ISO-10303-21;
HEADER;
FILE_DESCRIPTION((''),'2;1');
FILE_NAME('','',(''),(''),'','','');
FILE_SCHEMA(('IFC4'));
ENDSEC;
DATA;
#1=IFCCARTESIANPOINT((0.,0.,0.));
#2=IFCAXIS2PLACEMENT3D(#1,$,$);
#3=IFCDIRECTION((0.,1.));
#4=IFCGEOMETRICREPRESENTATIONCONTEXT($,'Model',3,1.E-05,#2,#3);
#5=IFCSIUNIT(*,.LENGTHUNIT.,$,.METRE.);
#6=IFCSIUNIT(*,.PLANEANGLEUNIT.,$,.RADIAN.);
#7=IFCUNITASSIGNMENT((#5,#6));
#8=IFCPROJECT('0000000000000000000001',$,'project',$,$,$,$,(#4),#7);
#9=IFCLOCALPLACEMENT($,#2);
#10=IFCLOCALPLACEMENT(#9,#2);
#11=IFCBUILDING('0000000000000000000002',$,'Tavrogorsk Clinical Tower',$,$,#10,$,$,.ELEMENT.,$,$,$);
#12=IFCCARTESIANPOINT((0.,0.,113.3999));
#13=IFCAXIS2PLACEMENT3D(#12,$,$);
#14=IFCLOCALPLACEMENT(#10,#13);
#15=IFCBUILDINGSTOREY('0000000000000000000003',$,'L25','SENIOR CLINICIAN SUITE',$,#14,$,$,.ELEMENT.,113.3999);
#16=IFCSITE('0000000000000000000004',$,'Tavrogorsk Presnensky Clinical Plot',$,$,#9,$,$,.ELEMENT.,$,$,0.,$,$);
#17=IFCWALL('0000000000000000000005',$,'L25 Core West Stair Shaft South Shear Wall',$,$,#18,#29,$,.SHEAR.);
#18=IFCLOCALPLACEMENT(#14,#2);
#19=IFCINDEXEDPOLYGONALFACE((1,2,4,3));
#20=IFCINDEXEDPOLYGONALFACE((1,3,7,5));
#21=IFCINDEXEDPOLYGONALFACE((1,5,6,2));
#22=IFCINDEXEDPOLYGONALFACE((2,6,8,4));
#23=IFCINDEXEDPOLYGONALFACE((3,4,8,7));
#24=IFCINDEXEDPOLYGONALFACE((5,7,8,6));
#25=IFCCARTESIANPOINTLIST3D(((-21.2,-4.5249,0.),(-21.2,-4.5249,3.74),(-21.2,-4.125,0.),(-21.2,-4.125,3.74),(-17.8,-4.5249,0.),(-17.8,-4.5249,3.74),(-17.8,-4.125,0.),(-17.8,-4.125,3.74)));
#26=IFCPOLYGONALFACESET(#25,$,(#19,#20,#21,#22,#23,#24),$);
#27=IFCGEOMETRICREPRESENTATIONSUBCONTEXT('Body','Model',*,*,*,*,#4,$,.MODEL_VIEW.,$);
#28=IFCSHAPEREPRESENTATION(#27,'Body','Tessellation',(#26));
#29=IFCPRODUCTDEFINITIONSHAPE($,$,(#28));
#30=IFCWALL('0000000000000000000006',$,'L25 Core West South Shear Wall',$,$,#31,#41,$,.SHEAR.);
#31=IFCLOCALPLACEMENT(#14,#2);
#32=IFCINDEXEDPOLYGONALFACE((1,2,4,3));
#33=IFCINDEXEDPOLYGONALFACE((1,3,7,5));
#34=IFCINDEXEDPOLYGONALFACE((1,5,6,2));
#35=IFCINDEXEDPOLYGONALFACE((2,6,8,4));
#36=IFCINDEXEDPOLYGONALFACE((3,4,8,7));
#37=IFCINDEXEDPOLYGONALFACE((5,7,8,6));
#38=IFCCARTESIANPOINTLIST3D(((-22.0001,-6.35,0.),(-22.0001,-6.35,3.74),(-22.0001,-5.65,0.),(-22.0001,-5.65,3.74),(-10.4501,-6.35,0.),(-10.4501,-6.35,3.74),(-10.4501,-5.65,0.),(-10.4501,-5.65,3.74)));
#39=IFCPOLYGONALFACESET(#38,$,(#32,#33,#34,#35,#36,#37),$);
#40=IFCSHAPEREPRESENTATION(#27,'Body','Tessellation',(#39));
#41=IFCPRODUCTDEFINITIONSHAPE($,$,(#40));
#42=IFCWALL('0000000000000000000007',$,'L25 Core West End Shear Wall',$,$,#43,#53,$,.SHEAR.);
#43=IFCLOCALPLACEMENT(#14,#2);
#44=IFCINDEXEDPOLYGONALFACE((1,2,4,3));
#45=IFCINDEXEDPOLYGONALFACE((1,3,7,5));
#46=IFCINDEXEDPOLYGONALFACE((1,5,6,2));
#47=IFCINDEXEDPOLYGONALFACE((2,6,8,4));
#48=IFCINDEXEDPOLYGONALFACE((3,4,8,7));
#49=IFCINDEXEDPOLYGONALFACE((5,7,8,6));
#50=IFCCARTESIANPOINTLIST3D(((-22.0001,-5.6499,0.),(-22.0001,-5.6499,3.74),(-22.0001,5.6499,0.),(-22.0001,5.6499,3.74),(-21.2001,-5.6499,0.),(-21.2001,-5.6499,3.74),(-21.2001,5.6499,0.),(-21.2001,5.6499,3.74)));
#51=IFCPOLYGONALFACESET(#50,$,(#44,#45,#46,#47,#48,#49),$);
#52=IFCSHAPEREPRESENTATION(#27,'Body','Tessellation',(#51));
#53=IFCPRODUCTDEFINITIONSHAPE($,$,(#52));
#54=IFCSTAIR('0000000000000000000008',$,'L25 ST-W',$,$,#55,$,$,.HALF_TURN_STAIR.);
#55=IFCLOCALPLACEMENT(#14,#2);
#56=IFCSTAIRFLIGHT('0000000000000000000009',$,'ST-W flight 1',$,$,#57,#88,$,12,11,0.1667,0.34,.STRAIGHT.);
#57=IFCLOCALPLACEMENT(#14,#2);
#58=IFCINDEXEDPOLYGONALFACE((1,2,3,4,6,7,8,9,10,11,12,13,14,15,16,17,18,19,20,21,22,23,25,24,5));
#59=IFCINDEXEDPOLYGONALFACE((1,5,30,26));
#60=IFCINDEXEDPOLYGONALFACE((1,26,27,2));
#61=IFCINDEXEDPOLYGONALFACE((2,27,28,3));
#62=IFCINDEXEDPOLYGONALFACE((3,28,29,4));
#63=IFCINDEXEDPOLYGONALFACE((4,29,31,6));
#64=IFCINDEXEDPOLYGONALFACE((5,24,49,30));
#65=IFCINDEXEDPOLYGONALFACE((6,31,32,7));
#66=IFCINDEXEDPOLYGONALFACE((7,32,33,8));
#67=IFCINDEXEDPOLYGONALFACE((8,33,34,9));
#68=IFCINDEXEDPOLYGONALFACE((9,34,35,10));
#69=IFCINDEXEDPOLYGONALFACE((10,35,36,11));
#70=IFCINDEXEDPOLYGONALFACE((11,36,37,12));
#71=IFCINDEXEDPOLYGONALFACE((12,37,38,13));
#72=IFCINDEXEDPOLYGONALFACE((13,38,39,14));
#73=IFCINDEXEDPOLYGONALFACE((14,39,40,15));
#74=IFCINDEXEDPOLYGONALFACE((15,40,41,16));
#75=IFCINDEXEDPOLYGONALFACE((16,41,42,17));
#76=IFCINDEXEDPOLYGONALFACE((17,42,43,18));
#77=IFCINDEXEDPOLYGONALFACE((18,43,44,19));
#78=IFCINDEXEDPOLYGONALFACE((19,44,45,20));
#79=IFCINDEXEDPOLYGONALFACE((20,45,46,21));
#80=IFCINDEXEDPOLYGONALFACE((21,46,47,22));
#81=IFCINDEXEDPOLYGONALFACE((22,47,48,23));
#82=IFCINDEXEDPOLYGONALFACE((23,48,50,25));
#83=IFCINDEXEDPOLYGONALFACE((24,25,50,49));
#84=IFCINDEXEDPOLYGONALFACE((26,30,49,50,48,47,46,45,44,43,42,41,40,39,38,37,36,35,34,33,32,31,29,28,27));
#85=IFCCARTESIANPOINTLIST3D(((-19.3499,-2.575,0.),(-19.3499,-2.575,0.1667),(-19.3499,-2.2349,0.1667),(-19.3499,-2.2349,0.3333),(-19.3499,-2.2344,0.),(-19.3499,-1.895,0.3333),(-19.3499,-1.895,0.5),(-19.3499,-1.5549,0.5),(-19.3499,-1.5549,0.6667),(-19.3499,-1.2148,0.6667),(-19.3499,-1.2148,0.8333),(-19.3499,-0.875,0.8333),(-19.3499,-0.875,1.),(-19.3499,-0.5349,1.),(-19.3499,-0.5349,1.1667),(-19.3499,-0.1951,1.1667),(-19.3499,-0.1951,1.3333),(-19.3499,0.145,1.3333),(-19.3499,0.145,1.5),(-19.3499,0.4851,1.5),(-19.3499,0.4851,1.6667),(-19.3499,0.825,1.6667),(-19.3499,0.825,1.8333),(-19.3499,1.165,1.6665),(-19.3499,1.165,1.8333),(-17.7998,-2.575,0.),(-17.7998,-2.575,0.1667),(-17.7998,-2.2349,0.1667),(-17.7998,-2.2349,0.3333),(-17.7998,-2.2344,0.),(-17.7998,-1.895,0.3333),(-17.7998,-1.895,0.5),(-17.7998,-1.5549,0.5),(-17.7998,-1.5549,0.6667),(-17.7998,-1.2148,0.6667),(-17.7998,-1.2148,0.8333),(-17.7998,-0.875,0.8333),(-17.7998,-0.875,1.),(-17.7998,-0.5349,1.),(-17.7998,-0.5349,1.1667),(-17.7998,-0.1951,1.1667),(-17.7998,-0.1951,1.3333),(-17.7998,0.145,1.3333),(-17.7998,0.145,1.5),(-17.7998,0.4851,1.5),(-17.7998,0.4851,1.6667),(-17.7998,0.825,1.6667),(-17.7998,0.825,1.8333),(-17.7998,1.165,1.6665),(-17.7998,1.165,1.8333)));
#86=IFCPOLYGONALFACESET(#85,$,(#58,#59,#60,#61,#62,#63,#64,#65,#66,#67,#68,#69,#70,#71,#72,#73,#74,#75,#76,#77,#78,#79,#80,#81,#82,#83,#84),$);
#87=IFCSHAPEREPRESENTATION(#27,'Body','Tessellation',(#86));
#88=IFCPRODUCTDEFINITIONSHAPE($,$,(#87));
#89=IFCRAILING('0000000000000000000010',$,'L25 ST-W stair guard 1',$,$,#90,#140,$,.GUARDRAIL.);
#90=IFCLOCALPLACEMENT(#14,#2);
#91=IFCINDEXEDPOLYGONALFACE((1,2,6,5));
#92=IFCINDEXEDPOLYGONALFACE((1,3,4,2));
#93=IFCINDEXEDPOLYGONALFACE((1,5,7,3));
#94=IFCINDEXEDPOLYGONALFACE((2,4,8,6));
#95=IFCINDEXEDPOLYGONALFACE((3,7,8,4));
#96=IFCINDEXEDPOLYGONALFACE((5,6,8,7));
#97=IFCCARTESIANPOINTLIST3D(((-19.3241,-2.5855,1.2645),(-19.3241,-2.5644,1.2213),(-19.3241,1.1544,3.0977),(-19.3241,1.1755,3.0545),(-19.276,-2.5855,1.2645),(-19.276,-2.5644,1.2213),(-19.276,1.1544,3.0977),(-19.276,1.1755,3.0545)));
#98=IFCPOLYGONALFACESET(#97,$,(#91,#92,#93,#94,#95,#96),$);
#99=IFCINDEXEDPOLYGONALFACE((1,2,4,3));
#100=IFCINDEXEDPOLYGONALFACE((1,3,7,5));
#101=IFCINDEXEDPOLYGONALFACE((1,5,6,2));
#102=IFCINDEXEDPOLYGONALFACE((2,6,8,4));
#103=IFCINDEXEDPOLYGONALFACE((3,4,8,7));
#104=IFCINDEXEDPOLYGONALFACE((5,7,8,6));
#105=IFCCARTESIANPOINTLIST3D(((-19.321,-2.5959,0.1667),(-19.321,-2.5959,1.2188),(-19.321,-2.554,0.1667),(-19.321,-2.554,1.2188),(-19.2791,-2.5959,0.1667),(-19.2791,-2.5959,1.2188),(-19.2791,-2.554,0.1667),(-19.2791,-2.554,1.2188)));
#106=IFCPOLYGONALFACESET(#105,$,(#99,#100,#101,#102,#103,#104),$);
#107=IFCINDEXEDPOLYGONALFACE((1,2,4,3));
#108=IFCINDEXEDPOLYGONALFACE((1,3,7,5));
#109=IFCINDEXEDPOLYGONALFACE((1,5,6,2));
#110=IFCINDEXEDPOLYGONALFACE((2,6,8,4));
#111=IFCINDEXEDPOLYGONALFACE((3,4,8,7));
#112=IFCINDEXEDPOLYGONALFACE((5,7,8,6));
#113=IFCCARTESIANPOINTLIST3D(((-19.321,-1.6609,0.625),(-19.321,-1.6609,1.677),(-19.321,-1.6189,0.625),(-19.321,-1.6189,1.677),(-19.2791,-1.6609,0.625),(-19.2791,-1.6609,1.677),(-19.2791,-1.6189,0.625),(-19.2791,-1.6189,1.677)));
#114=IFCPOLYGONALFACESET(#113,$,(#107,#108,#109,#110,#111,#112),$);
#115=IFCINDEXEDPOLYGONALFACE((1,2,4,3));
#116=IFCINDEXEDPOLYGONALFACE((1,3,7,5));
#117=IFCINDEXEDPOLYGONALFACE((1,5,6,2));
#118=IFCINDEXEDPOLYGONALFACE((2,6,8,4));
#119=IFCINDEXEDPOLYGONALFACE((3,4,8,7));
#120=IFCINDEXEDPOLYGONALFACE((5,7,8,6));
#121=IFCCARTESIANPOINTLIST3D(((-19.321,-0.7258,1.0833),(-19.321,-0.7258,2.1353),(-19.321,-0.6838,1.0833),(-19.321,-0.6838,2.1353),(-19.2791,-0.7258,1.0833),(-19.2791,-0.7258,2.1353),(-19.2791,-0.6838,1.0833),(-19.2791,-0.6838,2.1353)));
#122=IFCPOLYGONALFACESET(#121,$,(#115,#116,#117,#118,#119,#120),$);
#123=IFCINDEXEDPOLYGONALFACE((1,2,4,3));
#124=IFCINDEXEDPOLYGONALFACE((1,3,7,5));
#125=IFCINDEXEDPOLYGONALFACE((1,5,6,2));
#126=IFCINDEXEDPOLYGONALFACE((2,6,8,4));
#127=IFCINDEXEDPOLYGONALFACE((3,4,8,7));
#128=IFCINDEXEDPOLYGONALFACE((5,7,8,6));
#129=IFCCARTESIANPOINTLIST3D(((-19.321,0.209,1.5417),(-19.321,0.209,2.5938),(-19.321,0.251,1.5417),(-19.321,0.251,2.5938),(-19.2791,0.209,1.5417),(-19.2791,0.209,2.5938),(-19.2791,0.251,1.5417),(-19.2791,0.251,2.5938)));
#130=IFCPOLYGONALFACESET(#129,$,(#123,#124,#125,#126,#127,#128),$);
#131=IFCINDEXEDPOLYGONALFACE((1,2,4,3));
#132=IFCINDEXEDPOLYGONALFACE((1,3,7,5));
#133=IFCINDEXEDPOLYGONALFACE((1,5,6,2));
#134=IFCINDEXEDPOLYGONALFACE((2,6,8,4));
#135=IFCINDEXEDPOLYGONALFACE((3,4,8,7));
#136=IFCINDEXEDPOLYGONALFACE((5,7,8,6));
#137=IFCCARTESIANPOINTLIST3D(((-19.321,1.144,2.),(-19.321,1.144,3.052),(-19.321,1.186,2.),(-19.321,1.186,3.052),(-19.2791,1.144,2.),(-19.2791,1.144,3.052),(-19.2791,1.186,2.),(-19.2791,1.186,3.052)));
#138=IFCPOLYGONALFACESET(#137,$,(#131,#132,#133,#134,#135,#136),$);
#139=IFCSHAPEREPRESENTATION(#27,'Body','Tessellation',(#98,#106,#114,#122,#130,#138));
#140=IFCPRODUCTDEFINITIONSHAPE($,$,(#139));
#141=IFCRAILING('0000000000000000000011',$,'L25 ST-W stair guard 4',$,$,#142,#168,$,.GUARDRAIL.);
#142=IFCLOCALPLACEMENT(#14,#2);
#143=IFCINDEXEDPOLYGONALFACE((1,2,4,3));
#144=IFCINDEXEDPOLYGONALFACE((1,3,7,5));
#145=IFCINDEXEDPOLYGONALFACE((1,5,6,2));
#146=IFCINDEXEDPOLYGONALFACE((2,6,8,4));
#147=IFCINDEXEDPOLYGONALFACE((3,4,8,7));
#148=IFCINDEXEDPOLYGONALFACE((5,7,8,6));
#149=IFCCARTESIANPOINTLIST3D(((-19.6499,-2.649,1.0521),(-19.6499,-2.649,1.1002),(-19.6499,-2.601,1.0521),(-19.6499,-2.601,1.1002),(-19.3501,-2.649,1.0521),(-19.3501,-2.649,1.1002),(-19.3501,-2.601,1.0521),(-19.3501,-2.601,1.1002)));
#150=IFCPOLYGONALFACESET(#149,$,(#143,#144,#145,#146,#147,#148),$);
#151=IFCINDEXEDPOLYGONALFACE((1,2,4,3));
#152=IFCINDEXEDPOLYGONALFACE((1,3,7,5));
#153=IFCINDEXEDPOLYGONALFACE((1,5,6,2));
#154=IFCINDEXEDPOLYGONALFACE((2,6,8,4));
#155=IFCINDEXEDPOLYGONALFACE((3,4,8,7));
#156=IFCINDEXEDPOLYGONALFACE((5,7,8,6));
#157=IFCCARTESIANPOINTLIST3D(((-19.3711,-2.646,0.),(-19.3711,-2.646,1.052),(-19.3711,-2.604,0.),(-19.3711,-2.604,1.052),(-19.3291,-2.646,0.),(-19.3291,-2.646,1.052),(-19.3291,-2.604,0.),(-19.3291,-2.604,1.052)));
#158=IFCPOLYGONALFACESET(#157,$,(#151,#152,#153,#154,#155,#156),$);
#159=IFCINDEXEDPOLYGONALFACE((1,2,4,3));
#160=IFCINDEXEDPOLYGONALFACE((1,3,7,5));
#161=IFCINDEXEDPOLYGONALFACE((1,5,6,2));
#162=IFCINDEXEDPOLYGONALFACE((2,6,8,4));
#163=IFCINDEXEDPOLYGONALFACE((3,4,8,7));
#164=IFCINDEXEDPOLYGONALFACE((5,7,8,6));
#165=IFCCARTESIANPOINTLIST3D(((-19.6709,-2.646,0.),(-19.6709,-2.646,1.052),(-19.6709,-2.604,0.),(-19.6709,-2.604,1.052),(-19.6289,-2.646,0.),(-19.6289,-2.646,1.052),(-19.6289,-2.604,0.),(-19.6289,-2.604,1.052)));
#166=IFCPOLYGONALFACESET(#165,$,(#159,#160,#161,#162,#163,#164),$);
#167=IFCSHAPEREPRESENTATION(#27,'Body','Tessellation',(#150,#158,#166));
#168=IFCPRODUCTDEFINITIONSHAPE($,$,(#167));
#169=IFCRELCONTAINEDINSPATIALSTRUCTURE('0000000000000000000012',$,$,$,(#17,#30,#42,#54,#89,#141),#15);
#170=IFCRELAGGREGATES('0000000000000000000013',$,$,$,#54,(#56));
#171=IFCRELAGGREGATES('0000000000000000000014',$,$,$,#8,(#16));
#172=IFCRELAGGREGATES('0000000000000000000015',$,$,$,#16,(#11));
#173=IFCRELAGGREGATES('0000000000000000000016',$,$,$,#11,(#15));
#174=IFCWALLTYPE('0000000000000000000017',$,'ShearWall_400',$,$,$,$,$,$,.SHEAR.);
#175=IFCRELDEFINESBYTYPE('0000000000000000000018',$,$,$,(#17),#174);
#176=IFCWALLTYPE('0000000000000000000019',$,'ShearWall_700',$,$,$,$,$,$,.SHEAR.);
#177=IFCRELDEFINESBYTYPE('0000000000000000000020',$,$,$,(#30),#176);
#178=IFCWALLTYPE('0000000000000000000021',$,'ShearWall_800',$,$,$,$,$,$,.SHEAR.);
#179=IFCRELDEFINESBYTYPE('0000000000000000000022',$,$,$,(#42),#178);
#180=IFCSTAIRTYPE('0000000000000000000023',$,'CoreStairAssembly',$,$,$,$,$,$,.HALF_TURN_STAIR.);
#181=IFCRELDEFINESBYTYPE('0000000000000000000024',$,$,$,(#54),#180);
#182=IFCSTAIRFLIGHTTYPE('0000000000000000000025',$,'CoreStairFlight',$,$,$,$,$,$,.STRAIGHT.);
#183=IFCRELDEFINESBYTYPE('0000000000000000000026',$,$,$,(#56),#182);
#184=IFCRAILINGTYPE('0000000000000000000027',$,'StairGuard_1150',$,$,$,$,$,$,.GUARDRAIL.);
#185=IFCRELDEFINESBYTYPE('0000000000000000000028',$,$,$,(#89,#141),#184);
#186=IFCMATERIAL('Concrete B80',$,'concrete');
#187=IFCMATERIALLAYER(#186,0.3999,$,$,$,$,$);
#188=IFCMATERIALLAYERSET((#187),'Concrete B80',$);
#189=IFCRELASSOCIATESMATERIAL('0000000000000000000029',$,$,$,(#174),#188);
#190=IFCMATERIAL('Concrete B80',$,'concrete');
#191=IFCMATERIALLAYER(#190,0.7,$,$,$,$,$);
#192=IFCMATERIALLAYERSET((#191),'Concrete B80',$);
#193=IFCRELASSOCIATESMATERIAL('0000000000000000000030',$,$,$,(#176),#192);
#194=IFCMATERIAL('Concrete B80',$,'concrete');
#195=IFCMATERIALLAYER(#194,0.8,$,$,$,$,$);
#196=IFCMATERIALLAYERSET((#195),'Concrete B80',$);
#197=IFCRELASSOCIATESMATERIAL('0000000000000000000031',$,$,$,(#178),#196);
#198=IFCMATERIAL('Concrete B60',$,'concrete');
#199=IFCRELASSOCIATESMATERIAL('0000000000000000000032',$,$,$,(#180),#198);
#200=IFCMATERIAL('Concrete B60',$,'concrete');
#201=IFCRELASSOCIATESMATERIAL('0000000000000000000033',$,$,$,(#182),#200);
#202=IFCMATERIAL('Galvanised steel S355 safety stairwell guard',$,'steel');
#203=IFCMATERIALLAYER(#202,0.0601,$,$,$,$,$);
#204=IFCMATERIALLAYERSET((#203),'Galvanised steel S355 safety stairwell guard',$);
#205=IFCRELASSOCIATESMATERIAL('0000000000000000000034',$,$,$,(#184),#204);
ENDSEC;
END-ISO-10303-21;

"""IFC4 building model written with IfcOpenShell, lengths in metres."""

from ifc_helpers import new_model, si_unit, direction, frame, frame_2d, origin, origin_2d, place, context, subcontext, project, spatial, polyline, rectangle, outline, extrude, material, layer, layer_set, type_object, element, aggregate, save


model = new_model("IFC4")

# Units and contexts
model_context = context("Model", 3, precision=1e-05, world=origin(), true_north=direction((0.0, 1.0)))
body_context = subcontext(model_context, "Body", "Model", "MODEL_VIEW")
ifc_project = project(units=[si_unit("LENGTHUNIT", "METRE"), si_unit("PLANEANGLEUNIT", "RADIAN")], contexts=[model_context])

# Site, building, storey
site_placement = place(None, origin())
site = spatial("IfcSite", under=ifc_project, at=site_placement, Name="Tavrogorsk Presnensky Clinical Plot", CompositionType="ELEMENT", RefElevation=0.0)
building_placement = place(site_placement, origin())
building = spatial("IfcBuilding", under=site, at=building_placement, Name="Tavrogorsk Clinical Tower", CompositionType="ELEMENT")
storey_placement = place(building_placement, frame((0.0, 0.0, 113.3999)))
storey = spatial("IfcBuildingStorey", under=building, at=storey_placement, Name="L25", Description="SENIOR CLINICIAN SUITE", CompositionType="ELEMENT", Elevation=113.3999)

# Walls
ifc_material_1 = material(Name="Concrete B80", Category="concrete")
ifc_layer_1 = layer(ifc_material_1, 0.3999)
ifc_layer_set_1 = layer_set([ifc_layer_1], Name="Concrete B80")
wall_type_1 = type_object("IfcWallType", Name="ShearWall_400", PredefinedType="SHEAR", material=ifc_layer_set_1)
wall_1_placement = place(storey_placement, frame((-21.2, -4.325, 0.0), z_axis=(0.0, 0.0, 1.0), x_axis=(1.0, 0.0, 0.0)))
element("IfcWall", 1, at=wall_1_placement, inside=storey, type_object=wall_type_1, Name="L25 Core West Stair Shaft South Shear Wall", PredefinedType="SHEAR", context=body_context, shape_type="SweptSolid", body=[
    extrude(rectangle(XDim=3.3999, YDim=0.3999, at=frame_2d((1.7, 0.0))), origin(), (0.0, 0.0, 1.0), 3.74),
])
ifc_material_2 = material(Name="Concrete B80", Category="concrete")
ifc_layer_2 = layer(ifc_material_2, 0.7)
ifc_layer_set_2 = layer_set([ifc_layer_2], Name="Concrete B80")
wall_type_2 = type_object("IfcWallType", Name="ShearWall_700", PredefinedType="SHEAR", material=ifc_layer_set_2)
wall_2_placement = place(storey_placement, frame((-22.0, -6.0, 0.0), z_axis=(0.0, 0.0, 1.0), x_axis=(1.0, 0.0, 0.0)))
element("IfcWall", 2, at=wall_2_placement, inside=storey, type_object=wall_type_2, Name="L25 Core West South Shear Wall", PredefinedType="SHEAR", context=body_context, shape_type="SweptSolid", body=[
    extrude(rectangle(XDim=11.55, YDim=0.7, at=frame_2d((5.7749, 0.0))), origin(), (0.0, 0.0, 1.0), 3.74),
])
ifc_material_3 = material(Name="Concrete B80", Category="concrete")
ifc_layer_3 = layer(ifc_material_3, 0.8)
ifc_layer_set_3 = layer_set([ifc_layer_3], Name="Concrete B80")
wall_type_3 = type_object("IfcWallType", Name="ShearWall_800", PredefinedType="SHEAR", material=ifc_layer_set_3)
wall_3_placement = place(storey_placement, frame((-21.6001, -5.6499, 0.0), z_axis=(0.0, 0.0, 1.0), x_axis=(0.0, 1.0, 0.0)))
element("IfcWall", 3, at=wall_3_placement, inside=storey, type_object=wall_type_3, Name="L25 Core West End Shear Wall", PredefinedType="SHEAR", context=body_context, shape_type="SweptSolid", body=[
    extrude(rectangle(XDim=11.2998, YDim=0.8, at=frame_2d((5.6499, 0.0))), origin(), (0.0, 0.0, 1.0), 3.74),
])

# Stair, stair flight
ifc_material_4 = material(Name="Concrete B60", Category="concrete")
stair_type = type_object("IfcStairType", Name="CoreStairAssembly", PredefinedType="HALF_TURN_STAIR", material=ifc_material_4)
stair_placement = place(storey_placement, origin())
stair = element("IfcStair", 4, at=stair_placement, inside=storey, type_object=stair_type, Name="L25 ST-W", PredefinedType="HALF_TURN_STAIR")
ifc_material_5 = material(Name="Concrete B60", Category="concrete")
stair_flight_type = type_object("IfcStairFlightType", Name="CoreStairFlight", PredefinedType="STRAIGHT", material=ifc_material_5)
stair_flight_placement = place(storey_placement, frame((-18.575, -2.575, 0.0), z_axis=(0.0, 0.0, 1.0), x_axis=(0.0, 1.0, 0.0)))
stair_flight = element("IfcStairFlight", 5, at=stair_flight_placement, type_object=stair_flight_type, Name="ST-W flight 1", NumberOfRisers=12, NumberOfTreads=11, PredefinedType="STRAIGHT", RiserHeight=0.1667, TreadLength=0.34, context=body_context, shape_type="SweptSolid", body=[
    extrude(outline(polyline([(0.0, 0.0), (0.0, 0.1667), (0.3401, 0.1667), (0.3401, 0.3333), (0.6799, 0.3333), (0.6799, 0.5), (1.02, 0.5), (1.02, 0.6667), (1.3601, 0.6667), (1.3601, 0.8333), (1.7, 0.8333), (1.7, 1.0), (2.04, 1.0), (2.04, 1.1667), (2.3799, 1.1667), (2.3799, 1.3333), (2.72, 1.3333), (2.72, 1.5), (3.0601, 1.5), (3.0601, 1.6667), (3.3999, 1.6667), (3.3999, 1.8333), (3.74, 1.8333), (3.74, 2.0), (3.74, 1.6665), (0.3406, 0.0), (0.0, 0.0)])), frame((0.0, 0.7749, 0.0), z_axis=(0.0, -1.0, 0.0), x_axis=(1.0, 0.0, 0.0)), (0.0, 0.0, 1.0), 1.55),
])
aggregate(stair, [stair_flight])

# Railings
ifc_material_6 = material(Name="Galvanised steel S355 safety stairwell guard", Category="steel")
ifc_layer_4 = layer(ifc_material_6, 0.0601)
ifc_layer_set_4 = layer_set([ifc_layer_4], Name="Galvanised steel S355 safety stairwell guard")
railing_type = type_object("IfcRailingType", Name="StairGuard_1150", PredefinedType="GUARDRAIL", material=ifc_layer_set_4)
railing_1_placement = place(storey_placement, frame((-19.3, -2.575, 0.1667)))
element("IfcRailing", 6, at=railing_1_placement, inside=storey, type_object=railing_type, Name="L25 ST-W stair guard 1", PredefinedType="GUARDRAIL", context=body_context, shape_type="SweptSolid", body=[
    extrude(rectangle(XDim=0.0481, YDim=0.0481, at=origin_2d()), frame((0.0, 0.0, 1.0762), z_axis=(0.0, 0.897928, 0.440142), x_axis=(-1.0, 0.0, 0.0)), (0.0, 0.0, 1.0), 4.165),
    extrude(rectangle(XDim=0.042, YDim=0.042, at=origin_2d()), origin(), (0.0, 0.0, 1.0), 1.052),
    extrude(rectangle(XDim=0.042, YDim=0.042, at=origin_2d()), frame((0.0, 0.9351, 0.4583)), (0.0, 0.0, 1.0), 1.052),
    extrude(rectangle(XDim=0.042, YDim=0.042, at=origin_2d()), frame((0.0, 1.8701, 0.9165)), (0.0, 0.0, 1.0), 1.052),
    extrude(rectangle(XDim=0.042, YDim=0.042, at=origin_2d()), frame((0.0, 2.8049, 1.375)), (0.0, 0.0, 1.0), 1.052),
    extrude(rectangle(XDim=0.042, YDim=0.042, at=origin_2d()), frame((0.0, 3.74, 1.8333)), (0.0, 0.0, 1.0), 1.052),
])
railing_2_placement = place(storey_placement, frame((-19.3501, -2.625, 0.0)))
element("IfcRailing", 7, at=railing_2_placement, inside=storey, type_object=railing_type, Name="L25 ST-W stair guard 4", PredefinedType="GUARDRAIL", context=body_context, shape_type="SweptSolid", body=[
    extrude(rectangle(XDim=0.0481, YDim=0.0481, at=origin_2d()), frame((0.0, 0.0, 1.0762), z_axis=(-1.0, 0.0, 0.0), x_axis=(0.0, -1.0, 0.0)), (0.0, 0.0, 1.0), 0.2998),
    extrude(rectangle(XDim=0.042, YDim=0.042, at=origin_2d()), origin(), (0.0, 0.0, 1.0), 1.052),
    extrude(rectangle(XDim=0.042, YDim=0.042, at=origin_2d()), frame((-0.2998, 0.0, 0.0)), (0.0, 0.0, 1.0), 1.052),
])

save(model, "model.ifc")
